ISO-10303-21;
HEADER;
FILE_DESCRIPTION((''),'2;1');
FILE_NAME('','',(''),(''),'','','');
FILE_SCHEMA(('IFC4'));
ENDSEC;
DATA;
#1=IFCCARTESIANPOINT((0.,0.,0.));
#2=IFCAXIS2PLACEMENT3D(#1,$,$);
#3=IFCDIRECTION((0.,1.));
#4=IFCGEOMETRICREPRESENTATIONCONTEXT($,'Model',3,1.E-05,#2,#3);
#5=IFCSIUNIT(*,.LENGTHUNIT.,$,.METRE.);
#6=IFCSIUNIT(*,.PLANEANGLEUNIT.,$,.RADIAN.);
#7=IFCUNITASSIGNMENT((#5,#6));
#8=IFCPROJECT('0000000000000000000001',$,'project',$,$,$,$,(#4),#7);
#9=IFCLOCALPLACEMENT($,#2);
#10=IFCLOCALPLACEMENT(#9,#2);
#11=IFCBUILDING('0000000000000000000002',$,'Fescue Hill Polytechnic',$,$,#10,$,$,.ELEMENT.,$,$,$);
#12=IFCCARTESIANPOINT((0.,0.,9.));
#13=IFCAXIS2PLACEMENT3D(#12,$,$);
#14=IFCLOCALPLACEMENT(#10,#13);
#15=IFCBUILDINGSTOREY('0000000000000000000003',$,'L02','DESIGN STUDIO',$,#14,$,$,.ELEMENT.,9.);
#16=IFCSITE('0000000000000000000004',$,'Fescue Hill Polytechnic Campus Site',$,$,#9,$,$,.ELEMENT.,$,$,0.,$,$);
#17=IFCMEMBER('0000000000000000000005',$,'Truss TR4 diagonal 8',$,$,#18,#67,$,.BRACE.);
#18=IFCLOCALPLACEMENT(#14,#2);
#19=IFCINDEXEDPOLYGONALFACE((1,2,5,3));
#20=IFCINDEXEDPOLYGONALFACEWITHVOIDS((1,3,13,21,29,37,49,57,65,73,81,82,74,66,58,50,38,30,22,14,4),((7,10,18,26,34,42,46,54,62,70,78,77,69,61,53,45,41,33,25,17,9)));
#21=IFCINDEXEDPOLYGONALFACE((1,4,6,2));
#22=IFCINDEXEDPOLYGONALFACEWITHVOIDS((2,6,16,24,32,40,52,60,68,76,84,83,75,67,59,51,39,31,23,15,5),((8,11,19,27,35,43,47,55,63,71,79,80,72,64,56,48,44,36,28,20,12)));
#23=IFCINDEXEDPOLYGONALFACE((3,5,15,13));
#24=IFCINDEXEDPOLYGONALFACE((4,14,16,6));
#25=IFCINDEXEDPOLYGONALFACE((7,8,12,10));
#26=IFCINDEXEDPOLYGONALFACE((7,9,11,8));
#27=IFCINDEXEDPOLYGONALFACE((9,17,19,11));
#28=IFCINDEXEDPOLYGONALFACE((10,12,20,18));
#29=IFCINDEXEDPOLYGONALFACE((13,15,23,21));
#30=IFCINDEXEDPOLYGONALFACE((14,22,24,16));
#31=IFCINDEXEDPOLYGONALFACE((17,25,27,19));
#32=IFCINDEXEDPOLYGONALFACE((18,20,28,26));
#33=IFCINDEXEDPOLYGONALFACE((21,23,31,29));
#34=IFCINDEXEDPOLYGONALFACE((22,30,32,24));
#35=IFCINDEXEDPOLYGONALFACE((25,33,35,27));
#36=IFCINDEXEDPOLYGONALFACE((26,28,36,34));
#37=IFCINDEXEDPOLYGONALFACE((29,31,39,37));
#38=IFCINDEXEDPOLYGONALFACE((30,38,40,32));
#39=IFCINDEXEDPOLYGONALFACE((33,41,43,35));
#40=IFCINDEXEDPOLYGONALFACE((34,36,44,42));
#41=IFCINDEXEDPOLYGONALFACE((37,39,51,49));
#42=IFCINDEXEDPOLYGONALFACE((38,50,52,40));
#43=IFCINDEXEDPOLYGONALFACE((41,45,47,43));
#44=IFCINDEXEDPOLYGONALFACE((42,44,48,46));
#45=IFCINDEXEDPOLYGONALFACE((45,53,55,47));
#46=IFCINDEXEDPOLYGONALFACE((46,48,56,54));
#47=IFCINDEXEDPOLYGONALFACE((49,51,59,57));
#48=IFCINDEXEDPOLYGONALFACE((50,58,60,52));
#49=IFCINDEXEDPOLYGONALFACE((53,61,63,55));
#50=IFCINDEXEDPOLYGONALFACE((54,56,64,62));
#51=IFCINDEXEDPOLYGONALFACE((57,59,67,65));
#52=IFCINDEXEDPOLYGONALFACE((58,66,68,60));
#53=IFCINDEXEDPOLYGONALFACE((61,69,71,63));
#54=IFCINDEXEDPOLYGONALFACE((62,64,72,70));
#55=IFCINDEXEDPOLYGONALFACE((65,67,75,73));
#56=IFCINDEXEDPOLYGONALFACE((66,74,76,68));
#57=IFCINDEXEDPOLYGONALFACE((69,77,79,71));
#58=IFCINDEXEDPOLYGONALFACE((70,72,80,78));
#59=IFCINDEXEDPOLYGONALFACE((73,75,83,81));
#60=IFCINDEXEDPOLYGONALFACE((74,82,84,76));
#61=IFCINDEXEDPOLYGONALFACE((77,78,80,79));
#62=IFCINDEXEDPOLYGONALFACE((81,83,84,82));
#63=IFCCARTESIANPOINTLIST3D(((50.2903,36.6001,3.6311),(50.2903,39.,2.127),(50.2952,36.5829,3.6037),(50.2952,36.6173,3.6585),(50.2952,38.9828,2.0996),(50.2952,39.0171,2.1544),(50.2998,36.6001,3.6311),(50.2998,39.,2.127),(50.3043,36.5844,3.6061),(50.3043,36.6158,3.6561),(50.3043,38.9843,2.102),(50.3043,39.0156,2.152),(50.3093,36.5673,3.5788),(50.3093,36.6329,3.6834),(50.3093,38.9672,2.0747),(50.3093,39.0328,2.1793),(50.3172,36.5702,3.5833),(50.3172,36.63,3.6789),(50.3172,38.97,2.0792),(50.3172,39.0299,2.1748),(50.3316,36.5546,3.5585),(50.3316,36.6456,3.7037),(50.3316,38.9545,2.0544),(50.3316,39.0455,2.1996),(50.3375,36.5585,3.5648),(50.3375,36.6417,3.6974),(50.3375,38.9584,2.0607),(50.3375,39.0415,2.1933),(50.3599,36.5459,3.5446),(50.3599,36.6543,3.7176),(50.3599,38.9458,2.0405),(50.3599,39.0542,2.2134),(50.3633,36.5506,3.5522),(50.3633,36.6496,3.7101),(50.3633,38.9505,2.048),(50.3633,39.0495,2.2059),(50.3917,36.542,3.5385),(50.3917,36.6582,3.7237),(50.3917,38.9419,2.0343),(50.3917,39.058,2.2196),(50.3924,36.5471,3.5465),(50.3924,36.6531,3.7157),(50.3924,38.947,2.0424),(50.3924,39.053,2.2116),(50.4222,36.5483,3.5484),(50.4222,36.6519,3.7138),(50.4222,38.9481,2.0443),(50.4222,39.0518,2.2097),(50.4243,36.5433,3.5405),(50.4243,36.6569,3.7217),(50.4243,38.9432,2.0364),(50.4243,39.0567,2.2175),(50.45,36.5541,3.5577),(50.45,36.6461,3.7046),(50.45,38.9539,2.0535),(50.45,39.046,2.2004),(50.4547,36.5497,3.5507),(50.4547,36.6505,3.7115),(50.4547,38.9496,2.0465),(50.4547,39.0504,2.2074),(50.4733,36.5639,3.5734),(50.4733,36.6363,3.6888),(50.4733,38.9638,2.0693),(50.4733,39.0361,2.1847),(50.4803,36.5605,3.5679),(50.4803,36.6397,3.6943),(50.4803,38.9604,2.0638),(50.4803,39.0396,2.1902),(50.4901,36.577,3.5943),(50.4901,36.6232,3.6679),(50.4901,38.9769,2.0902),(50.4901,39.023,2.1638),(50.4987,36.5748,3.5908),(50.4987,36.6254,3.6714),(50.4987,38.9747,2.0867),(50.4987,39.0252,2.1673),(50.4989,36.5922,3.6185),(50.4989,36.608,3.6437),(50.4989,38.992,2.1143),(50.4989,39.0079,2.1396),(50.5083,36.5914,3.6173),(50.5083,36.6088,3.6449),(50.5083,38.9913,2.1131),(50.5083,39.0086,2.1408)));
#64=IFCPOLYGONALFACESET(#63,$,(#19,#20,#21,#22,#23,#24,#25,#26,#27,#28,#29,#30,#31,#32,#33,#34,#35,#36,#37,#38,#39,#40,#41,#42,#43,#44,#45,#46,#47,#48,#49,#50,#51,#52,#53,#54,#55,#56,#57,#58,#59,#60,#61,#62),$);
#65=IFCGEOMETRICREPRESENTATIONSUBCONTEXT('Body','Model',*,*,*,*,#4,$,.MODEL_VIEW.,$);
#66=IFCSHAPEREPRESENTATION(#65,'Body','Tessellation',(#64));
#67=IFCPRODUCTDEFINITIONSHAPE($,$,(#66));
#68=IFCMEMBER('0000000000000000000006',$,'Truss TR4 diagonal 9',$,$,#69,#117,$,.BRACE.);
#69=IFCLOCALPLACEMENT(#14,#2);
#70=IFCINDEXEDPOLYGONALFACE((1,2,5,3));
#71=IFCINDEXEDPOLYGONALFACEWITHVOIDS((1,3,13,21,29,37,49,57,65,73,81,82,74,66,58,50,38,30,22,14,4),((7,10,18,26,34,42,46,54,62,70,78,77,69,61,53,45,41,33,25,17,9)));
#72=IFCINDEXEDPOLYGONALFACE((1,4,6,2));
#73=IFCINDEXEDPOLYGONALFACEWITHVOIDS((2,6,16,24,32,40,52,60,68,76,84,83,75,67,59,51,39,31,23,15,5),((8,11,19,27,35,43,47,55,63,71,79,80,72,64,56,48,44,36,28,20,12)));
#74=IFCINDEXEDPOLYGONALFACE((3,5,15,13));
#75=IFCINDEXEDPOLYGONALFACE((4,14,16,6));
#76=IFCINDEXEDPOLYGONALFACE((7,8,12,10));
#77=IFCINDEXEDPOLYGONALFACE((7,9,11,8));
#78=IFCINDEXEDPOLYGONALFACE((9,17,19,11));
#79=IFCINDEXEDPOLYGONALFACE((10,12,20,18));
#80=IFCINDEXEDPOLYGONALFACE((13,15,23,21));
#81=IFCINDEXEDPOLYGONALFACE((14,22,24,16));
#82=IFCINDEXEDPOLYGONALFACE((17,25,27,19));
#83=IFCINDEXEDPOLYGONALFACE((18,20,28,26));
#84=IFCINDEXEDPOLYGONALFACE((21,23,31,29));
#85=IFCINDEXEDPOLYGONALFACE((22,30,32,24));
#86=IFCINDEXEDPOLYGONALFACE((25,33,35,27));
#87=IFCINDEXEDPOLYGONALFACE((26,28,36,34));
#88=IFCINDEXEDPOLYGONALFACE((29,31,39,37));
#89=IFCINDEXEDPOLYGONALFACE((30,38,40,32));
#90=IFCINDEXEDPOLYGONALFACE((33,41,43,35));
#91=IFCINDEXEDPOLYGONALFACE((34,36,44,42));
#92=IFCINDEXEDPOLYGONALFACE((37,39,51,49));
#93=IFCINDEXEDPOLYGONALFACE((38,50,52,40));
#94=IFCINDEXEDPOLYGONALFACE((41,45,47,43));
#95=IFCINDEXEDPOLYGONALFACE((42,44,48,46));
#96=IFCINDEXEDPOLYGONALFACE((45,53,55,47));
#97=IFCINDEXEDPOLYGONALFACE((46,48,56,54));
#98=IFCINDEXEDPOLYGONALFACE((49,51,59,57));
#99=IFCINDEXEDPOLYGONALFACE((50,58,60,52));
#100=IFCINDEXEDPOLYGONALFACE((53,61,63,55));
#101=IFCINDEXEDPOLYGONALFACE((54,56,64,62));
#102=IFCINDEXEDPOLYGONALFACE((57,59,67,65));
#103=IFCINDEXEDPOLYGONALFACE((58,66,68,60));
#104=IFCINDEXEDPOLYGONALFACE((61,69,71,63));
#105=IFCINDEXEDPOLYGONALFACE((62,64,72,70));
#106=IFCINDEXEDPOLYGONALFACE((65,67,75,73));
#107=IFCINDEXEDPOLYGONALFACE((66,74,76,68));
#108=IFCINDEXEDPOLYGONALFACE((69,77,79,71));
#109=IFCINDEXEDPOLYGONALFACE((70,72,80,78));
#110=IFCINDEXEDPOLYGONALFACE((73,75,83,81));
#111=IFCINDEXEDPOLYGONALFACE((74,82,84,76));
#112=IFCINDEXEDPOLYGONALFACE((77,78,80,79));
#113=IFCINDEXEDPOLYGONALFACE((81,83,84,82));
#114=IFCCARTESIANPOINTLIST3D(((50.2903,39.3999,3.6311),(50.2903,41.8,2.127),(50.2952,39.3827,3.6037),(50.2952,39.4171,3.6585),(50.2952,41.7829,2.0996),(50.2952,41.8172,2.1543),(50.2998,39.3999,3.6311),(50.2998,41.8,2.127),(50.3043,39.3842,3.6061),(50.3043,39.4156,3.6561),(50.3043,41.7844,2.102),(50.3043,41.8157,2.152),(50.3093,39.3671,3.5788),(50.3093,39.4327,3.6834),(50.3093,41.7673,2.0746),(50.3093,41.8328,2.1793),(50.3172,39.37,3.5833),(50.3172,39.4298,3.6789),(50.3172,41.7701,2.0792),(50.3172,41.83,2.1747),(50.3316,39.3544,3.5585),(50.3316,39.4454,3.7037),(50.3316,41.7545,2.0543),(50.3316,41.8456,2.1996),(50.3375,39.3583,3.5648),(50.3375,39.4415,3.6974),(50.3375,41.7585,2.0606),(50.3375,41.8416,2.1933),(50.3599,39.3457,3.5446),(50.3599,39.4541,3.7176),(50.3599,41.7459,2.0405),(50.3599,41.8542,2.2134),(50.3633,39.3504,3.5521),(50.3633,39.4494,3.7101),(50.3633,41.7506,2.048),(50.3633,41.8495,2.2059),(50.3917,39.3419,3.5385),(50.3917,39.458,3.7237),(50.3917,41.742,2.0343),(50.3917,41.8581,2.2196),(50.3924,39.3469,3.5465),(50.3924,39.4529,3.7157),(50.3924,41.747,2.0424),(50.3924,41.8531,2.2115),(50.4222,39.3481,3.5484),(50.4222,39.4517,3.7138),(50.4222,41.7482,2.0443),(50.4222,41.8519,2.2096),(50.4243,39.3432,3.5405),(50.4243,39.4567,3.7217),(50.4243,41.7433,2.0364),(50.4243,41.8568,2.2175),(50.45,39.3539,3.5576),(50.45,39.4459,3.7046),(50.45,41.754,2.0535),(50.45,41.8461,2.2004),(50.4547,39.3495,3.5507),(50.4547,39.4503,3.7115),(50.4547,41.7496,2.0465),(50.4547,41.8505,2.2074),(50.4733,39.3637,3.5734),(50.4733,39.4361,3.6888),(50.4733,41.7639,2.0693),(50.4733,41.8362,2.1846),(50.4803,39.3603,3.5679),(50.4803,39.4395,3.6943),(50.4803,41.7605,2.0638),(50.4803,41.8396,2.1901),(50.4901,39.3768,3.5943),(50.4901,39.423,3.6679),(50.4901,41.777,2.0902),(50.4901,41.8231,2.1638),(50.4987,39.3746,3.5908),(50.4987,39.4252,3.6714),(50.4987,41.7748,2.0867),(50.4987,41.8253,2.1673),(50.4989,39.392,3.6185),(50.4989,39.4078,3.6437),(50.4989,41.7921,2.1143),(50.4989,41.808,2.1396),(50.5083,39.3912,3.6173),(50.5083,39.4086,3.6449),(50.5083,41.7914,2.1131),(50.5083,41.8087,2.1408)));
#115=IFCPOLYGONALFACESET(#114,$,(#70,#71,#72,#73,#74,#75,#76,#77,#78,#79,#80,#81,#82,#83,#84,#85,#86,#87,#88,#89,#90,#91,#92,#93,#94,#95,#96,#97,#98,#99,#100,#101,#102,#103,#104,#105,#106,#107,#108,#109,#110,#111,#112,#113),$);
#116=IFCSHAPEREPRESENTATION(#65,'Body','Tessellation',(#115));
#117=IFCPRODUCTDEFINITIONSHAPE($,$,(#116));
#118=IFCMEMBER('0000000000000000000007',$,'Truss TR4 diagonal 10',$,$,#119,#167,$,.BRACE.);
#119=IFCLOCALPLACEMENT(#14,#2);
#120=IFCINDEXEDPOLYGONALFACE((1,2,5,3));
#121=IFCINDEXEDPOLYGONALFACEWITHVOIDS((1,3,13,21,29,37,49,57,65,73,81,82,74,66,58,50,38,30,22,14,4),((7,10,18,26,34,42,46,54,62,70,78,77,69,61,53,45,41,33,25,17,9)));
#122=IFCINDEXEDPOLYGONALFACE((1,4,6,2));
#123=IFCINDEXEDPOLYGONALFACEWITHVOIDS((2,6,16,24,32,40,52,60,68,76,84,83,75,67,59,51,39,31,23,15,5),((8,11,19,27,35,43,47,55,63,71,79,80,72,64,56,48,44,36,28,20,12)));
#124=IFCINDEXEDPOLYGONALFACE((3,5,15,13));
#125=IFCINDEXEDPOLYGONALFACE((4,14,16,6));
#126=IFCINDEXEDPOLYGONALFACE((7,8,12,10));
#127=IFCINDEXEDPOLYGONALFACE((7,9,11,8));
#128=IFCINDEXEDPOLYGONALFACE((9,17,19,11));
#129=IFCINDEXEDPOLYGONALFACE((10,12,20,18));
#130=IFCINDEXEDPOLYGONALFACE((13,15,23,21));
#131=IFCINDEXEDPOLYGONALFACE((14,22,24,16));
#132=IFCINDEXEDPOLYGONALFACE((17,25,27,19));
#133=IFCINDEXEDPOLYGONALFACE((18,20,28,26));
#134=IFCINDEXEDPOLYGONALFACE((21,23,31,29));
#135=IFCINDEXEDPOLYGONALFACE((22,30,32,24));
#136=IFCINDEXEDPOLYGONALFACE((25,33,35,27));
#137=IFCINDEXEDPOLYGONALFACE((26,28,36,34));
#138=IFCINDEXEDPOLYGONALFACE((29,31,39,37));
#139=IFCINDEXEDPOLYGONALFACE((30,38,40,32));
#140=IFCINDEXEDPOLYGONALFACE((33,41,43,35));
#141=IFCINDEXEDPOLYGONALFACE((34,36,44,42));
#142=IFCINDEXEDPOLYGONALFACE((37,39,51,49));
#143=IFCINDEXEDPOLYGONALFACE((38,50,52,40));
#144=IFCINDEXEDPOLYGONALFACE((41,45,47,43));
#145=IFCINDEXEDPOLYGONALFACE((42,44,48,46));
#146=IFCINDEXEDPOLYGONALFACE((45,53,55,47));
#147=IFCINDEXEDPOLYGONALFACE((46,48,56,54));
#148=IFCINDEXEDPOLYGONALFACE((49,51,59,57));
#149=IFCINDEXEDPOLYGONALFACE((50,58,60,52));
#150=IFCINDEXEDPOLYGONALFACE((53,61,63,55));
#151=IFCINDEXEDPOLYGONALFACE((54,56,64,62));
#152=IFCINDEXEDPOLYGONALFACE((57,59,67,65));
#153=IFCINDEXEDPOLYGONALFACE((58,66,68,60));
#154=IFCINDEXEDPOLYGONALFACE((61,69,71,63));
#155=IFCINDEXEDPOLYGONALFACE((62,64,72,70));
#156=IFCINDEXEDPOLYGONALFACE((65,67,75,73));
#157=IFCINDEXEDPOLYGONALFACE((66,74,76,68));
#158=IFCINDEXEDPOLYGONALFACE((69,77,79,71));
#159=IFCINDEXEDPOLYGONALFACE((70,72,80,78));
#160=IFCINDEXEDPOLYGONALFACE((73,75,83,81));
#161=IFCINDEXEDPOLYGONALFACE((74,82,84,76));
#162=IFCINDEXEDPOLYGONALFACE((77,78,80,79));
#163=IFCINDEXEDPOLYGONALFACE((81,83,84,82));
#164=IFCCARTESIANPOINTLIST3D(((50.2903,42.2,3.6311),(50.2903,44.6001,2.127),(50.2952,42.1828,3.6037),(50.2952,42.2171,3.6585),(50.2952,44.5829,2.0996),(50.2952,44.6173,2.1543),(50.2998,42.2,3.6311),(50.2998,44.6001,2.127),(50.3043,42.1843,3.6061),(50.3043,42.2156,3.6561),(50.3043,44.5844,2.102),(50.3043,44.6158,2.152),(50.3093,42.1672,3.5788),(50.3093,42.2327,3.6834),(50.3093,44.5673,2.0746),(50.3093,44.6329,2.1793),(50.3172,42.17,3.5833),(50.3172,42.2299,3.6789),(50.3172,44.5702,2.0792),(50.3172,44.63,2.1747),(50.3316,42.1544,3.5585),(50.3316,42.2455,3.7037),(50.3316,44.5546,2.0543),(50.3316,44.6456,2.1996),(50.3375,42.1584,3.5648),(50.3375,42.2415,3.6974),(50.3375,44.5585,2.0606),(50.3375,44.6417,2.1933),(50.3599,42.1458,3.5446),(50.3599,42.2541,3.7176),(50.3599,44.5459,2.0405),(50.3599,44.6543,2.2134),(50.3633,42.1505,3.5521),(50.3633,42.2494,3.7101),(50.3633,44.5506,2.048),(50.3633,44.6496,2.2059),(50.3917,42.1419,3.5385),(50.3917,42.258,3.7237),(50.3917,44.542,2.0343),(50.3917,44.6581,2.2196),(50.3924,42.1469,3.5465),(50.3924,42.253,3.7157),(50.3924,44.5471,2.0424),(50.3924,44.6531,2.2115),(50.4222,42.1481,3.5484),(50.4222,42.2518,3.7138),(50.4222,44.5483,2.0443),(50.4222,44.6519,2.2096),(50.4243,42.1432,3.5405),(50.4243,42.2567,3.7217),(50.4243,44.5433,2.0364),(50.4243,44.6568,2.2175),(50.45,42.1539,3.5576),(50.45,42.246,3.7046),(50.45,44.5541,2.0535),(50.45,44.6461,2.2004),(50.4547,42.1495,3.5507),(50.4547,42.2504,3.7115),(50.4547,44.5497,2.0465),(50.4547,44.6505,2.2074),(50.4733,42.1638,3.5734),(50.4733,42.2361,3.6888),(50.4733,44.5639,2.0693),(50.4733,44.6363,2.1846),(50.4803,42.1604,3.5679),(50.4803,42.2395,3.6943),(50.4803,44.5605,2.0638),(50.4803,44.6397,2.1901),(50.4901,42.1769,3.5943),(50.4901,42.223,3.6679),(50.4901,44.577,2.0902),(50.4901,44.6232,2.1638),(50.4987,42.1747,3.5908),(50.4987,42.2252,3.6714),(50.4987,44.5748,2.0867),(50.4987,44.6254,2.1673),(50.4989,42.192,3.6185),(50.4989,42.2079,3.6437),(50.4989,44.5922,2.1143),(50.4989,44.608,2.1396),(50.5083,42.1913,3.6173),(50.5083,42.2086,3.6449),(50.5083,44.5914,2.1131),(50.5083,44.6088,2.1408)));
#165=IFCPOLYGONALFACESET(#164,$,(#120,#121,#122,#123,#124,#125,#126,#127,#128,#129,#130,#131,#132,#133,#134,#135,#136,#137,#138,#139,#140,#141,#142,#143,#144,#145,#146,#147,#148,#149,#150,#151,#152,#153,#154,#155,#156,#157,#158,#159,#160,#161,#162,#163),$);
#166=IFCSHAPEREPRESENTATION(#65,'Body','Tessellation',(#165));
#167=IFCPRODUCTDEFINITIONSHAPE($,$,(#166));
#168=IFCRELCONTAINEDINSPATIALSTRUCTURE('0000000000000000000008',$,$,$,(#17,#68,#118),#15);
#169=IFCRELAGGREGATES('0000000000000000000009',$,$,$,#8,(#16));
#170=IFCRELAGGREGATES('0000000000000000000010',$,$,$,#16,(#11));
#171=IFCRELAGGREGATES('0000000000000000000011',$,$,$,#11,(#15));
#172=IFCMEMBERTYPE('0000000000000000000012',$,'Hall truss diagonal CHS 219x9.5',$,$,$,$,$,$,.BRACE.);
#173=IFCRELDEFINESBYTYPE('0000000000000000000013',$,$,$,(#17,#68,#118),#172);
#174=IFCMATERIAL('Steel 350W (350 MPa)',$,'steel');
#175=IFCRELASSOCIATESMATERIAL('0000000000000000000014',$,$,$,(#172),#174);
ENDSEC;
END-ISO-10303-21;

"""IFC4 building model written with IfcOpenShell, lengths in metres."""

from ifc_helpers import new_model, si_unit, direction, frame, origin, origin_2d, place, context, subcontext, project, spatial, hollow_circle, extrude, material, material_profile, profile_set, type_object, element, save


model = new_model("IFC4")

# Units and contexts
model_context = context("Model", 3, precision=1e-05, world=origin(), true_north=direction((0.0, 1.0)))
body_context = subcontext(model_context, "Body", "Model", "MODEL_VIEW")
ifc_project = project(units=[si_unit("LENGTHUNIT", "METRE"), si_unit("PLANEANGLEUNIT", "RADIAN")], contexts=[model_context])

# Site, building, storey
site_placement = place(None, origin())
site = spatial("IfcSite", under=ifc_project, at=site_placement, Name="Fescue Hill Polytechnic Campus Site", CompositionType="ELEMENT", RefElevation=0.0)
building_placement = place(site_placement, origin())
building = spatial("IfcBuilding", under=site, at=building_placement, Name="Fescue Hill Polytechnic", CompositionType="ELEMENT")
storey_placement = place(building_placement, frame((0.0, 0.0, 9.0)))
storey = spatial("IfcBuildingStorey", under=building, at=storey_placement, Name="L02", Description="DESIGN STUDIO", CompositionType="ELEMENT", Elevation=9.0)

# Members
ifc_material = material(Name="Steel 350W (350 MPa)", Category="steel")
ifc_material_profile_1 = material_profile(ifc_material, hollow_circle(Radius=0.1096, WallThickness=0.0095, at=origin_2d()), Name="Hall truss diagonal CHS 219x9.5")
ifc_profile_set_1 = profile_set([ifc_material_profile_1], Name="Steel 350W (350 MPa)")
member_type_1 = type_object("IfcMemberType", Name="Hall truss diagonal CHS 219x9.5", PredefinedType="BRACE", material=ifc_profile_set_1)
for number, where, z_axis, x_axis, name in (
    (1, (50.3999, 36.6001, 3.6311), (0.0, 0.847329, -0.531068), (-1.0, 0.0, 0.0), "Truss TR4 diagonal 8"),
):
    element("IfcMember", number, at=place(storey_placement, frame(where, z_axis=z_axis, x_axis=x_axis)), inside=storey, type_object=member_type_1, Name=name, PredefinedType="BRACE", context=body_context, shape_type="SweptSolid", body=[
        extrude(hollow_circle(Radius=0.1096, WallThickness=0.0095, at=origin_2d()), origin(), (0.0, 0.0, 1.0), 2.8323),
    ])
for number, where, z_axis, x_axis, name in (
    (2, (50.3999, 39.3999, 3.6311), (0.0, 0.847354, -0.531029), (-1.0, 0.0, 0.0), "Truss TR4 diagonal 9"),
    (3, (50.3999, 42.2, 3.6311), (0.0, 0.847354, -0.531029), (-1.0, 0.0, 0.0), "Truss TR4 diagonal 10"),
):
    element("IfcMember", number, at=place(storey_placement, frame(where, z_axis=z_axis, x_axis=x_axis)), inside=storey, type_object=member_type_1, Name=name, PredefinedType="BRACE", context=body_context, shape_type="SweptSolid", body=[
        extrude(hollow_circle(Radius=0.1096, WallThickness=0.0095, at=origin_2d()), origin(), (0.0, 0.0, 1.0), 2.8325),
    ])

save(model, "model.ifc")
